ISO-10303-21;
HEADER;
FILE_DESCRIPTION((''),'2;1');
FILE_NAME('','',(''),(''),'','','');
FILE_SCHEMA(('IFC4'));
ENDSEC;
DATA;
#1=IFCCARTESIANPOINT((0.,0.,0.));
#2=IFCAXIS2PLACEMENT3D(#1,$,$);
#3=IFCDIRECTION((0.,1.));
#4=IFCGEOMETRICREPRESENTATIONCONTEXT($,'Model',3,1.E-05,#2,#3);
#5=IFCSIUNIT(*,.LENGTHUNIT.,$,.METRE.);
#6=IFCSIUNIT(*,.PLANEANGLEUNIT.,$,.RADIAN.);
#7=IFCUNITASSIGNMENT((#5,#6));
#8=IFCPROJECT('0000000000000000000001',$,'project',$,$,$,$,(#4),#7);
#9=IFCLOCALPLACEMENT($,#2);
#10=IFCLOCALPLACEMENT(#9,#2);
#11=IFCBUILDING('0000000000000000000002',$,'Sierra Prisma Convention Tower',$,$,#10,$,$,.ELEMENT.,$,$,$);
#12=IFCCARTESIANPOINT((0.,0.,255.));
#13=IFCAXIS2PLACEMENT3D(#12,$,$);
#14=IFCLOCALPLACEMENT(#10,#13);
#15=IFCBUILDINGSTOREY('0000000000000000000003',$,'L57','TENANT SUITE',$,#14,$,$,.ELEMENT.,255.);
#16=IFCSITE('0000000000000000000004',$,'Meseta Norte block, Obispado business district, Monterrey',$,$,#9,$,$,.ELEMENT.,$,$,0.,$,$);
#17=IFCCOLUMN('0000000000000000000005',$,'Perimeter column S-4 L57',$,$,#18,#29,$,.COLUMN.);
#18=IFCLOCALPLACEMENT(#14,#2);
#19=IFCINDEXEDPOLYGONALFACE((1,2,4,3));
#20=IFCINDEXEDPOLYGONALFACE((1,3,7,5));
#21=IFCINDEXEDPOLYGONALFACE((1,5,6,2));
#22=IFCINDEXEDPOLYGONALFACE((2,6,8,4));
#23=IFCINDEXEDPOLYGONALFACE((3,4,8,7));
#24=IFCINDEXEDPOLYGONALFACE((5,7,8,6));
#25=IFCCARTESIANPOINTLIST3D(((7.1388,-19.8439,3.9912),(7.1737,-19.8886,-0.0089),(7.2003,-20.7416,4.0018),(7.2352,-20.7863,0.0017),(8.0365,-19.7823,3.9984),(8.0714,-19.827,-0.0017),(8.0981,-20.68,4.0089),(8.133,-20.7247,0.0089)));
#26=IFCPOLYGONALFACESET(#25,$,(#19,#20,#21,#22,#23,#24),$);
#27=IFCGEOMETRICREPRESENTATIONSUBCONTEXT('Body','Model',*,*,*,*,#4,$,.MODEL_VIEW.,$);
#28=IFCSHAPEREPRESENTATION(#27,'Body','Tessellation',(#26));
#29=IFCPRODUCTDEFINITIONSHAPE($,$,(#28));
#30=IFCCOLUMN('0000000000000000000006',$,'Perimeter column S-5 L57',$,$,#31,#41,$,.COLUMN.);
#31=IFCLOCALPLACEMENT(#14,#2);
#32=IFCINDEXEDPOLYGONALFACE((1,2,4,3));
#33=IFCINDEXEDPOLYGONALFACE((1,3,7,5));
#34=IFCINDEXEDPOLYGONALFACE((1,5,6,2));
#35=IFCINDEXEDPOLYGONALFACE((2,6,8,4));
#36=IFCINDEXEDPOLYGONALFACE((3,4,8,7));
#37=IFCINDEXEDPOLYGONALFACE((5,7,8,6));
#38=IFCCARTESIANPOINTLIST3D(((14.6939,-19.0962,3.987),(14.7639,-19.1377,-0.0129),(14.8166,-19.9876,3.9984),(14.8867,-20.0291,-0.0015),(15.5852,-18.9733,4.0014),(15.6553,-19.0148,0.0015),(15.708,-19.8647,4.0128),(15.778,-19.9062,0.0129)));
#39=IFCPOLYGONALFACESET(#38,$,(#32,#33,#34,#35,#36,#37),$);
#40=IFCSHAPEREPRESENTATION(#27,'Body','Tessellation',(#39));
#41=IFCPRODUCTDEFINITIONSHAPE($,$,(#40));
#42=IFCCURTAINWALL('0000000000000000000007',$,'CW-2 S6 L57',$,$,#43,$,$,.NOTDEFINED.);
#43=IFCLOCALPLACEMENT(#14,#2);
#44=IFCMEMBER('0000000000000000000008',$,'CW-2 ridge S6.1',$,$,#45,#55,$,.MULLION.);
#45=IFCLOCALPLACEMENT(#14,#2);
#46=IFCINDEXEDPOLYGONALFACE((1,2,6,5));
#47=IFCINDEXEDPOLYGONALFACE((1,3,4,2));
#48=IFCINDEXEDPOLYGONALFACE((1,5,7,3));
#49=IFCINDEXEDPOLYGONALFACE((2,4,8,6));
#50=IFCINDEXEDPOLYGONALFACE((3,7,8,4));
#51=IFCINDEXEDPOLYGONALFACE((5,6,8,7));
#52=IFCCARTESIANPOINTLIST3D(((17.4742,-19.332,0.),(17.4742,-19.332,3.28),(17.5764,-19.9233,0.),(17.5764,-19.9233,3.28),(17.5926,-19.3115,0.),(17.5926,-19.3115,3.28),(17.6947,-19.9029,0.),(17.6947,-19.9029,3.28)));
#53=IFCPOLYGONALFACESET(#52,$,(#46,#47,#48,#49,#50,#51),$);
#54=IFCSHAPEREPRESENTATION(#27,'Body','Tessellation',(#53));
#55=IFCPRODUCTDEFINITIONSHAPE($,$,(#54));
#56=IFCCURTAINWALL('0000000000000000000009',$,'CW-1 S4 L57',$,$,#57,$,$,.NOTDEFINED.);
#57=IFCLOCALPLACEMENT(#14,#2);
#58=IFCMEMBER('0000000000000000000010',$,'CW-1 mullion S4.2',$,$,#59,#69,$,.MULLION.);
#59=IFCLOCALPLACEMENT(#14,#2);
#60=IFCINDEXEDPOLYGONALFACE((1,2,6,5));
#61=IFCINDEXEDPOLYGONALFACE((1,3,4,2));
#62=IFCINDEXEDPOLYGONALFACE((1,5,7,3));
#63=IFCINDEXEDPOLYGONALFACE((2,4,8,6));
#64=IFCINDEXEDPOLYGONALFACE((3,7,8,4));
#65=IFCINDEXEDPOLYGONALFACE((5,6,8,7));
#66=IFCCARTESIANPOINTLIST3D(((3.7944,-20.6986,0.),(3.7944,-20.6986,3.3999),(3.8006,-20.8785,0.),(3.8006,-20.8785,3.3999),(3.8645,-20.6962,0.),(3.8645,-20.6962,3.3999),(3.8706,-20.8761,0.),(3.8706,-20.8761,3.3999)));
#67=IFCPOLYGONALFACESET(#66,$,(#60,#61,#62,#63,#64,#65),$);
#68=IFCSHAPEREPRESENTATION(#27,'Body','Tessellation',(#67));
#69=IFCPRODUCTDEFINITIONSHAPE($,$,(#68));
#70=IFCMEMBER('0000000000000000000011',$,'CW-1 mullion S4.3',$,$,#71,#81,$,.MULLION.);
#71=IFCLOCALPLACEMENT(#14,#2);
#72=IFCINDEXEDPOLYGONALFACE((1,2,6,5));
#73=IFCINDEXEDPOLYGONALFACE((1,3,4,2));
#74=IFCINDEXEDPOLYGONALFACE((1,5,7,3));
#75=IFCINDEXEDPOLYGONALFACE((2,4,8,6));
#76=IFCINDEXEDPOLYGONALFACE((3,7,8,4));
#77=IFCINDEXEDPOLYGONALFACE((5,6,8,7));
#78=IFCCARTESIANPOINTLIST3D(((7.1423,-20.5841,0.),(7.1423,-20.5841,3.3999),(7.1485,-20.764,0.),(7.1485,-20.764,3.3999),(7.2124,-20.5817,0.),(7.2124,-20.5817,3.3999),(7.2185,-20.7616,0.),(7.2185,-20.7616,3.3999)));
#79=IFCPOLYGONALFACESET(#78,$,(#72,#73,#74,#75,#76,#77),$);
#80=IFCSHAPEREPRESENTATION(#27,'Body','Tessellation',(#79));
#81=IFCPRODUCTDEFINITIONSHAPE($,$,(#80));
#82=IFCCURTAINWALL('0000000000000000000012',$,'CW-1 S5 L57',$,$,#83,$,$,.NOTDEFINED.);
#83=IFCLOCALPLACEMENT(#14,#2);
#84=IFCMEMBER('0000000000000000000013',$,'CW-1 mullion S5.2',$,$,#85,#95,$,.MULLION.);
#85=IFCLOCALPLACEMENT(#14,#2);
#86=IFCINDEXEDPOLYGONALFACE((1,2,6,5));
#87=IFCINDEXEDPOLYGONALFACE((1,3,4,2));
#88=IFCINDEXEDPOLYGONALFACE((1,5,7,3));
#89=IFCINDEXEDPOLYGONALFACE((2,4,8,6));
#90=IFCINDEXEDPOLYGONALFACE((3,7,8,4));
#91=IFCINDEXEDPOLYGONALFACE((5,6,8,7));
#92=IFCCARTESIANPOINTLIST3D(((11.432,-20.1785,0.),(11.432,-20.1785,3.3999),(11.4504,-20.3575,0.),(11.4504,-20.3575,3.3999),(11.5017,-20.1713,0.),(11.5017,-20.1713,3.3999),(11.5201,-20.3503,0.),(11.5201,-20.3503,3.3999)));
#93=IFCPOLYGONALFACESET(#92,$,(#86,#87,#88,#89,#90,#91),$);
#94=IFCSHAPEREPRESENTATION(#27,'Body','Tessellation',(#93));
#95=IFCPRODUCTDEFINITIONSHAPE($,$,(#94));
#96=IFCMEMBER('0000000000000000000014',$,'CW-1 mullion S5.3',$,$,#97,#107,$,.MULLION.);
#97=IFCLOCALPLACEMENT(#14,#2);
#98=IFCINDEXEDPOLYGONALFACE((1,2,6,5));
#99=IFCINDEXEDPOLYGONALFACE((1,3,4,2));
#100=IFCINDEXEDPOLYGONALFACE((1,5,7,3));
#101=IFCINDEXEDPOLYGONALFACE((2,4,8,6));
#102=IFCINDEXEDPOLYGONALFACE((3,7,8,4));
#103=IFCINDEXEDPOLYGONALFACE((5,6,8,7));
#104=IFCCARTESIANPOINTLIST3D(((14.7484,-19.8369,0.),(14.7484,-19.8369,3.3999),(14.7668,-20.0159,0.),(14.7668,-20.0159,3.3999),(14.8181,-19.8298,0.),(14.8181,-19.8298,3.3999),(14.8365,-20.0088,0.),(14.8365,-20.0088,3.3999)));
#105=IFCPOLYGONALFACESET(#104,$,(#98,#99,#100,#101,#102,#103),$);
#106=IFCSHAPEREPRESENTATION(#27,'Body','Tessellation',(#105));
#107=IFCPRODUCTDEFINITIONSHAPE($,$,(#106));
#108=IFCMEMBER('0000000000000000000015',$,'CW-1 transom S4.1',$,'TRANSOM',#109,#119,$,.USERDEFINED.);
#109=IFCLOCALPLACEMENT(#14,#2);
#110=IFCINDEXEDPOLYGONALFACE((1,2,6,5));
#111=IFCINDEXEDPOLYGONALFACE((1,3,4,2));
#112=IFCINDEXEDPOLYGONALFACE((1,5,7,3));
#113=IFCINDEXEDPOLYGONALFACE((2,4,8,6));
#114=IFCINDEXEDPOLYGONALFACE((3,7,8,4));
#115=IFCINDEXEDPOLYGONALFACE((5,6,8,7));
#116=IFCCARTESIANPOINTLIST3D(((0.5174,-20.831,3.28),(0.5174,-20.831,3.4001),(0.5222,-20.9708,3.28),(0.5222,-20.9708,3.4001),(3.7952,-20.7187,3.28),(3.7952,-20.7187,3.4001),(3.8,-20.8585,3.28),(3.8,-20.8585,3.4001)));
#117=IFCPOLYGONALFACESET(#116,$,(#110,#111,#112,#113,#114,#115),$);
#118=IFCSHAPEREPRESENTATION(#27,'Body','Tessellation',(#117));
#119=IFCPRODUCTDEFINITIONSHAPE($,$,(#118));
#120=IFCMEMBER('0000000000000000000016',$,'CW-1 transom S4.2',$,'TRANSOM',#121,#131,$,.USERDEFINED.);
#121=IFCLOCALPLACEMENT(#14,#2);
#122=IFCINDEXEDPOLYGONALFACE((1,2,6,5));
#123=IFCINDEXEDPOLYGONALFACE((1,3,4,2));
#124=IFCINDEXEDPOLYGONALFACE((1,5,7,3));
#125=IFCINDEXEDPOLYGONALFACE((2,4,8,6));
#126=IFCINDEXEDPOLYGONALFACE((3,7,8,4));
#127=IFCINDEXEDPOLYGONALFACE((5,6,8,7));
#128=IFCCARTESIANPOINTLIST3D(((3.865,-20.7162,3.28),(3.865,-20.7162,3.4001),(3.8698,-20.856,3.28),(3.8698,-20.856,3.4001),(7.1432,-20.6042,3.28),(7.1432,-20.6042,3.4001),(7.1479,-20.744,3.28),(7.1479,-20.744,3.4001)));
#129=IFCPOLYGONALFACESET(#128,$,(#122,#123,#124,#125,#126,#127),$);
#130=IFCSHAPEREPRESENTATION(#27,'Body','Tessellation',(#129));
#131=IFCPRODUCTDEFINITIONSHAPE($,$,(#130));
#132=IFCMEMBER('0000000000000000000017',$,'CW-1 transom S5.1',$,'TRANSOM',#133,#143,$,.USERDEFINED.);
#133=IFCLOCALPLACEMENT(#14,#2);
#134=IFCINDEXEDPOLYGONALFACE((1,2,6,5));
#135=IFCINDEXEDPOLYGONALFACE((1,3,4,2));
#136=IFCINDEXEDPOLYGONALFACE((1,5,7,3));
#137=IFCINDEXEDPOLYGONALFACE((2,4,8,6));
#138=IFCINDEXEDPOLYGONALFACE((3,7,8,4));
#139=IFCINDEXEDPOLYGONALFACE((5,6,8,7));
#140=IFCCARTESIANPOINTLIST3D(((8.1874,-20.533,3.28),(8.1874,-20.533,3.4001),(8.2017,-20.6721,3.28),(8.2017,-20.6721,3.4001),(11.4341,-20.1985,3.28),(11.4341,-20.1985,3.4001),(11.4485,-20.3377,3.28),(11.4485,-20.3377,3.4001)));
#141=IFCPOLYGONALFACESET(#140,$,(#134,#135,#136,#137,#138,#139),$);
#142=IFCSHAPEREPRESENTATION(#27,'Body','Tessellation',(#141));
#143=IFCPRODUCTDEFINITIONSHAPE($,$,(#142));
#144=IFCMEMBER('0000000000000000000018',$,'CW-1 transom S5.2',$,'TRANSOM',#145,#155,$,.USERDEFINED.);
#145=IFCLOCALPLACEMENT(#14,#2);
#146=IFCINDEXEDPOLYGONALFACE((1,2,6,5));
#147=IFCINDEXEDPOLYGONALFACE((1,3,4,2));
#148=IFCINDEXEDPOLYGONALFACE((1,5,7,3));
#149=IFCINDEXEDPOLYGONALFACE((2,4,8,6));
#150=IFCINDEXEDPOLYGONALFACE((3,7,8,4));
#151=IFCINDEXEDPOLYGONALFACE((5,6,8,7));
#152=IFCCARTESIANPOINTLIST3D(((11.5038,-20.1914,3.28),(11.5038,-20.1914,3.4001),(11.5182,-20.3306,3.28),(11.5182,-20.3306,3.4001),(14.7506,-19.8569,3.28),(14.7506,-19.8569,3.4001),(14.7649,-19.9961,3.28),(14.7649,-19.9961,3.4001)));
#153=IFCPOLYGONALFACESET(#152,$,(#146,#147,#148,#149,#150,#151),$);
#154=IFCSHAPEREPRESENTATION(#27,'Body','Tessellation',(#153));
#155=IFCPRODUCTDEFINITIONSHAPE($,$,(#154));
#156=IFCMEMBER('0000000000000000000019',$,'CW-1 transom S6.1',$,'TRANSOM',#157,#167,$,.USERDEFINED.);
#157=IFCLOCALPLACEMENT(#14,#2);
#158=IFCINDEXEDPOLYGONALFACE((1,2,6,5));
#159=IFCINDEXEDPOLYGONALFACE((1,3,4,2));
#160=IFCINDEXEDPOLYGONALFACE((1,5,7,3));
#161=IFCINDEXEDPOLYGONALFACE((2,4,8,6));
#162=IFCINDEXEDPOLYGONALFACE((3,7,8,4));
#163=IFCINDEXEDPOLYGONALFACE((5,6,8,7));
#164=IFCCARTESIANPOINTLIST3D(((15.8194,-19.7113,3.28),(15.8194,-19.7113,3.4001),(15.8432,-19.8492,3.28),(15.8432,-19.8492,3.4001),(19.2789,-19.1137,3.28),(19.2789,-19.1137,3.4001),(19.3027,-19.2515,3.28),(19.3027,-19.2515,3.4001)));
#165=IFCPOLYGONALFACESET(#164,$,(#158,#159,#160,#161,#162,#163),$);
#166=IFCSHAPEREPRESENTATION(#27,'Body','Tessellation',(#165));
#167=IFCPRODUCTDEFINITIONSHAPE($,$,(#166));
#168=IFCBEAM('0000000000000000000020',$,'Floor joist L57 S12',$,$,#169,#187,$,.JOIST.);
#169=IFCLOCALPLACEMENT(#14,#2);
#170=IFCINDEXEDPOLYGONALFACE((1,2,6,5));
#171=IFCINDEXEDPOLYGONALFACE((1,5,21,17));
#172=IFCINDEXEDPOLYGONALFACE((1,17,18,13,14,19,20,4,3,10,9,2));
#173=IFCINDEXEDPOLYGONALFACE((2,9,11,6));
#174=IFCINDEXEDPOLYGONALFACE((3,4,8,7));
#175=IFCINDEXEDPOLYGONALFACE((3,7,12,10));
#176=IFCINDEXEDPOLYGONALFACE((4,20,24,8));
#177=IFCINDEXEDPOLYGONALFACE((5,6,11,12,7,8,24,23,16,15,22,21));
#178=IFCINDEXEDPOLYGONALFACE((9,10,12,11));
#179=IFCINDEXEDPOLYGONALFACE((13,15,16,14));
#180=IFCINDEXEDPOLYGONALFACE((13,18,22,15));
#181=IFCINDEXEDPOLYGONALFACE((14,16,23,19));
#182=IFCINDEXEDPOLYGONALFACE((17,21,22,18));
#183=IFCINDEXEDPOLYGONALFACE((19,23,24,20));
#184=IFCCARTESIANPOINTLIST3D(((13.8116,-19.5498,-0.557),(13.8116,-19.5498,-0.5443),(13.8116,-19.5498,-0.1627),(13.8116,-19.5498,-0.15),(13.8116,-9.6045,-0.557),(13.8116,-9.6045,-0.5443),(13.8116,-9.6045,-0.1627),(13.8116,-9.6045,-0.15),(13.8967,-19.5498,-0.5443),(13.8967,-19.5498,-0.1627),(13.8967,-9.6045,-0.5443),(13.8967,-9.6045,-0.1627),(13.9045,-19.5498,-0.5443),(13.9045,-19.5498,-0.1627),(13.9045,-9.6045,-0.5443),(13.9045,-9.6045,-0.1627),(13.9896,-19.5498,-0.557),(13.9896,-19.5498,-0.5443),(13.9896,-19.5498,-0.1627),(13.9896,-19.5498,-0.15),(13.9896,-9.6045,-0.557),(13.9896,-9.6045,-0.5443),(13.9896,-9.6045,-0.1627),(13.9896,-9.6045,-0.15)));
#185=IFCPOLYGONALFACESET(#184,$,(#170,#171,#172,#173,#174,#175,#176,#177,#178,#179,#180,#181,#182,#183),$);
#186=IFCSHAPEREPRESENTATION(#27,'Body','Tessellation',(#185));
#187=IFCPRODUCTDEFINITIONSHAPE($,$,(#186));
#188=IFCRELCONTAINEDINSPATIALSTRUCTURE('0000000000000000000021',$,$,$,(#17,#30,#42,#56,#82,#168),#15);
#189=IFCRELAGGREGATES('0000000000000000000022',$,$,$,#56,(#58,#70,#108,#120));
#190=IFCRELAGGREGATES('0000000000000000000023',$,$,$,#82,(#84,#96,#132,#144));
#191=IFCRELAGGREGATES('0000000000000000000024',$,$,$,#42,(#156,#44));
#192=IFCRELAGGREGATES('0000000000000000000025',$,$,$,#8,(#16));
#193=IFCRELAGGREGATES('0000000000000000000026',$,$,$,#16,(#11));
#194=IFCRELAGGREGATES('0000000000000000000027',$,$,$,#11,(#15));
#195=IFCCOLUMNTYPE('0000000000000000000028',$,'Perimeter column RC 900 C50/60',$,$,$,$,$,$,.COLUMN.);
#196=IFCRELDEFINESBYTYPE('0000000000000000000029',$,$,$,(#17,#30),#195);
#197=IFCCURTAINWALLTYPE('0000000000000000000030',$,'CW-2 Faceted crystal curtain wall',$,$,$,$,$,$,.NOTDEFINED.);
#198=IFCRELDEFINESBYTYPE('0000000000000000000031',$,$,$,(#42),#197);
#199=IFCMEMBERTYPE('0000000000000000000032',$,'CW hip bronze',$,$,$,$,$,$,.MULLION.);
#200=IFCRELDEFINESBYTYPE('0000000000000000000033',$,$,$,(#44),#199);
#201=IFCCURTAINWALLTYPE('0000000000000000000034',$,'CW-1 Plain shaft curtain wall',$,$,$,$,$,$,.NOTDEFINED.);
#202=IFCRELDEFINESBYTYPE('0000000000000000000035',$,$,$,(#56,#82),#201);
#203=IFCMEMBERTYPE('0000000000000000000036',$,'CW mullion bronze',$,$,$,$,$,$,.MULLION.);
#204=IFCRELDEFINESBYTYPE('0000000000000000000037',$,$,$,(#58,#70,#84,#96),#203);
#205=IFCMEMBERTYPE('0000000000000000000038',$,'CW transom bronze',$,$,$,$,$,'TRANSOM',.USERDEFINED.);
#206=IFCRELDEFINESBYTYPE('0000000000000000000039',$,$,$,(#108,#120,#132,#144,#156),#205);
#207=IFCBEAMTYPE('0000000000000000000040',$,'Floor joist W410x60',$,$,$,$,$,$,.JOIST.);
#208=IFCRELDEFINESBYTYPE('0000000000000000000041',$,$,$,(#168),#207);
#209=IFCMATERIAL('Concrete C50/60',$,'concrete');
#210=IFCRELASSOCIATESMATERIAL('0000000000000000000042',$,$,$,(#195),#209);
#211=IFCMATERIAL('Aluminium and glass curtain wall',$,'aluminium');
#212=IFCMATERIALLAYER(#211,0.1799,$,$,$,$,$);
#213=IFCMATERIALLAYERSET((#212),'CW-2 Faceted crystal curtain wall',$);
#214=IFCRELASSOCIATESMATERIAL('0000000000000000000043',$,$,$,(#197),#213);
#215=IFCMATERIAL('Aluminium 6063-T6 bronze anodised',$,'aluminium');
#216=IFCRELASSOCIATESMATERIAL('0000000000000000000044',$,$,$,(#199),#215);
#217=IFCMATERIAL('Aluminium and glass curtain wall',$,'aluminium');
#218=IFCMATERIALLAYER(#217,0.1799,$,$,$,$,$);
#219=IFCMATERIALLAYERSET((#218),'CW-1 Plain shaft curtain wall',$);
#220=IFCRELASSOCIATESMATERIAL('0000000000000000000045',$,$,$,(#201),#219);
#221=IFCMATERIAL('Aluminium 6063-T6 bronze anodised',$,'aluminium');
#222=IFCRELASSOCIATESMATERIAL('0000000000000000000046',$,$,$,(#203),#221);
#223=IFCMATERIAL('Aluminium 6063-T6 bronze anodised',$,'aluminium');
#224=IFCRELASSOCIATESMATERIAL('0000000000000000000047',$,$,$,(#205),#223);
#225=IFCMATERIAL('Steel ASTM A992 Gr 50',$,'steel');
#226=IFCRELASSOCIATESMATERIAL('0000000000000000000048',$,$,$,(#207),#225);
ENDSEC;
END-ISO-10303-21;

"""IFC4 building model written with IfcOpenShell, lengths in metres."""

from ifc_helpers import new_model, si_unit, direction, frame, origin, origin_2d, place, context, subcontext, project, spatial, rectangle, i_section, extrude, material, layer, layer_set, material_profile, profile_set, type_object, element, aggregate, save


model = new_model("IFC4")

# Units and contexts
model_context = context("Model", 3, precision=1e-05, world=origin(), true_north=direction((0.0, 1.0)))
body_context = subcontext(model_context, "Body", "Model", "MODEL_VIEW")
ifc_project = project(units=[si_unit("LENGTHUNIT", "METRE"), si_unit("PLANEANGLEUNIT", "RADIAN")], contexts=[model_context])

# Site, building, storey
site_placement = place(None, origin())
site = spatial("IfcSite", under=ifc_project, at=site_placement, Name="Meseta Norte block, Obispado business district, Monterrey", CompositionType="ELEMENT", RefElevation=0.0)
building_placement = place(site_placement, origin())
building = spatial("IfcBuilding", under=site, at=building_placement, Name="Sierra Prisma Convention Tower", CompositionType="ELEMENT")
storey_placement = place(building_placement, frame((0.0, 0.0, 255.0)))
storey = spatial("IfcBuildingStorey", under=building, at=storey_placement, Name="L57", Description="TENANT SUITE", CompositionType="ELEMENT", Elevation=255.0)

# Columns
ifc_material_1 = material(Name="Concrete C50/60", Category="concrete")
ifc_material_profile_1 = material_profile(ifc_material_1, rectangle(XDim=0.8999, YDim=0.8999, at=origin_2d()), Name="Perimeter column RC 900 C50/60")
ifc_profile_set_1 = profile_set([ifc_material_profile_1], Name="Concrete C50/60")
column_type = type_object("IfcColumnType", Name="Perimeter column RC 900 C50/60", PredefinedType="COLUMN", material=ifc_profile_set_1)
column_1_placement = place(storey_placement, frame((7.6533, -20.3066, 0.0), z_axis=(-0.008727, 0.011168, 0.9999), x_axis=(0.997622, 0.068467, 0.007943)))
element("IfcColumn", 1, at=column_1_placement, inside=storey, type_object=column_type, Name="Perimeter column S-4 L57", PredefinedType="COLUMN", context=body_context, shape_type="SweptSolid", body=[
    extrude(rectangle(XDim=0.8999, YDim=0.8999, at=origin_2d()), origin(), (0.0, 0.0, 1.0), 4.0005),
])
column_2_placement = place(storey_placement, frame((15.271, -19.522, 0.0), z_axis=(-0.017513, 0.010374, 0.999793), x_axis=(0.990498, 0.136601, 0.015933)))
element("IfcColumn", 2, at=column_2_placement, inside=storey, type_object=column_type, Name="Perimeter column S-5 L57", PredefinedType="COLUMN", context=body_context, shape_type="SweptSolid", body=[
    extrude(rectangle(XDim=0.8999, YDim=0.8999, at=origin_2d()), origin(), (0.0, 0.0, 1.0), 4.0007),
])

# Curtain wall, member
ifc_material_2 = material(Name="Aluminium and glass curtain wall", Category="aluminium")
ifc_layer_1 = layer(ifc_material_2, 0.1799)
ifc_layer_set_1 = layer_set([ifc_layer_1], Name="CW-2 Faceted crystal curtain wall")
curtain_wall_type_1 = type_object("IfcCurtainWallType", Name="CW-2 Faceted crystal curtain wall", PredefinedType="NOTDEFINED", material=ifc_layer_set_1)
curtain_wall_1_placement = place(storey_placement, origin())
curtain_wall_1 = element("IfcCurtainWall", 3, at=curtain_wall_1_placement, inside=storey, type_object=curtain_wall_type_1, Name="CW-2 S6 L57", PredefinedType="NOTDEFINED")
ifc_material_3 = material(Name="Aluminium 6063-T6 bronze anodised", Category="aluminium")
ifc_material_profile_2 = material_profile(ifc_material_3, rectangle(XDim=0.1201, YDim=0.6001, at=origin_2d()), Name="ALU RIDGE BLADE 120x600")
ifc_profile_set_2 = profile_set([ifc_material_profile_2], Name="Aluminium 6063-T6 bronze anodised")
member_type_1 = type_object("IfcMemberType", Name="CW hip bronze", PredefinedType="MULLION", material=ifc_profile_set_2)
member_1_placement = place(storey_placement, frame((17.5845, -19.6174, 0.0), z_axis=(0.0, 0.0, 1.0), x_axis=(0.985403, 0.170235, 0.0)))
member_1 = element("IfcMember", 4, at=member_1_placement, type_object=member_type_1, Name="CW-2 ridge S6.1", PredefinedType="MULLION", context=body_context, shape_type="SweptSolid", body=[
    extrude(rectangle(XDim=0.1201, YDim=0.6001, at=origin_2d()), origin(), (0.0, 0.0, 1.0), 3.28),
])

# Curtain walls, members
ifc_material_4 = material(Name="Aluminium and glass curtain wall", Category="aluminium")
ifc_layer_2 = layer(ifc_material_4, 0.1799)
ifc_layer_set_2 = layer_set([ifc_layer_2], Name="CW-1 Plain shaft curtain wall")
curtain_wall_type_2 = type_object("IfcCurtainWallType", Name="CW-1 Plain shaft curtain wall", PredefinedType="NOTDEFINED", material=ifc_layer_set_2)
curtain_wall_2_placement = place(storey_placement, origin())
curtain_wall_2 = element("IfcCurtainWall", 5, at=curtain_wall_2_placement, inside=storey, type_object=curtain_wall_type_2, Name="CW-1 S4 L57", PredefinedType="NOTDEFINED")
ifc_material_5 = material(Name="Aluminium 6063-T6 bronze anodised", Category="aluminium")
ifc_material_profile_3 = material_profile(ifc_material_5, rectangle(XDim=0.1799, YDim=0.0701, at=origin_2d()), Name="ALU MULLION 70x180")
ifc_profile_set_3 = profile_set([ifc_material_profile_3], Name="Aluminium 6063-T6 bronze anodised")
member_type_2 = type_object("IfcMemberType", Name="CW mullion bronze", PredefinedType="MULLION", material=ifc_profile_set_3)
member_2_placement = place(storey_placement, frame((3.8325, -20.7874, 0.0), z_axis=(0.0, 0.0, 1.0), x_axis=(-0.034207, 0.999415, 0.0)))
member_2 = element("IfcMember", 6, at=member_2_placement, type_object=member_type_2, Name="CW-1 mullion S4.2", PredefinedType="MULLION", context=body_context, shape_type="SweptSolid", body=[
    extrude(rectangle(XDim=0.1799, YDim=0.0701, at=origin_2d()), origin(), (0.0, 0.0, 1.0), 3.3999),
])
member_3_placement = place(storey_placement, frame((7.1804, -20.6729, 0.0), z_axis=(0.0, 0.0, 1.0), x_axis=(-0.034207, 0.999415, 0.0)))
member_3 = element("IfcMember", 7, at=member_3_placement, type_object=member_type_2, Name="CW-1 mullion S4.3", PredefinedType="MULLION", context=body_context, shape_type="SweptSolid", body=[
    extrude(rectangle(XDim=0.1799, YDim=0.0701, at=origin_2d()), origin(), (0.0, 0.0, 1.0), 3.3999),
])
curtain_wall_3_placement = place(storey_placement, origin())
curtain_wall_3 = element("IfcCurtainWall", 8, at=curtain_wall_3_placement, inside=storey, type_object=curtain_wall_type_2, Name="CW-1 S5 L57", PredefinedType="NOTDEFINED")
member_4_placement = place(storey_placement, frame((11.4761, -20.2644, 0.0), z_axis=(0.0, 0.0, 1.0), x_axis=(-0.102461, 0.994737, 0.0)))
member_4 = element("IfcMember", 9, at=member_4_placement, type_object=member_type_2, Name="CW-1 mullion S5.2", PredefinedType="MULLION", context=body_context, shape_type="SweptSolid", body=[
    extrude(rectangle(XDim=0.1799, YDim=0.0701, at=origin_2d()), origin(), (0.0, 0.0, 1.0), 3.3999),
])
member_5_placement = place(storey_placement, frame((14.7925, -19.9229, 0.0), z_axis=(0.0, 0.0, 1.0), x_axis=(-0.102461, 0.994737, 0.0)))
member_5 = element("IfcMember", 10, at=member_5_placement, type_object=member_type_2, Name="CW-1 mullion S5.3", PredefinedType="MULLION", context=body_context, shape_type="SweptSolid", body=[
    extrude(rectangle(XDim=0.1799, YDim=0.0701, at=origin_2d()), origin(), (0.0, 0.0, 1.0), 3.3999),
])

# Members
ifc_material_6 = material(Name="Aluminium 6063-T6 bronze anodised", Category="aluminium")
ifc_material_profile_4 = material_profile(ifc_material_6, rectangle(XDim=0.1399, YDim=0.1201, at=origin_2d()), Name="ALU TRANSOM 120x140")
ifc_profile_set_4 = profile_set([ifc_material_profile_4], Name="Aluminium 6063-T6 bronze anodised")
member_type_3 = type_object("IfcMemberType", Name="CW transom bronze", ElementType="TRANSOM", PredefinedType="USERDEFINED", material=ifc_profile_set_4)
member_6_placement = place(storey_placement, frame((0.5198, -20.9009, 3.3401), z_axis=(0.999414, 0.034242, 0.0), x_axis=(-0.034242, 0.999414, 0.0)))
member_6 = element("IfcMember", 11, at=member_6_placement, type_object=member_type_3, Name="CW-1 transom S4.1", ObjectType="TRANSOM", PredefinedType="USERDEFINED", context=body_context, shape_type="SweptSolid", body=[
    extrude(rectangle(XDim=0.1399, YDim=0.1201, at=origin_2d()), origin(), (0.0, 0.0, 1.0), 3.2798),
])
member_7_placement = place(storey_placement, frame((3.8674, -20.7861, 3.3401), z_axis=(0.999416, 0.034165, 0.0), x_axis=(-0.034165, 0.999416, 0.0)))
member_7 = element("IfcMember", 12, at=member_7_placement, type_object=member_type_3, Name="CW-1 transom S4.2", ObjectType="TRANSOM", PredefinedType="USERDEFINED", context=body_context, shape_type="SweptSolid", body=[
    extrude(rectangle(XDim=0.1399, YDim=0.1201, at=origin_2d()), origin(), (0.0, 0.0, 1.0), 3.28),
])
member_8_placement = place(storey_placement, frame((8.1946, -20.6025, 3.3401), z_axis=(0.994736, 0.102473, 0.0), x_axis=(-0.102473, 0.994736, 0.0)))
member_8 = element("IfcMember", 13, at=member_8_placement, type_object=member_type_3, Name="CW-1 transom S5.1", ObjectType="TRANSOM", PredefinedType="USERDEFINED", context=body_context, shape_type="SweptSolid", body=[
    extrude(rectangle(XDim=0.1399, YDim=0.1201, at=origin_2d()), origin(), (0.0, 0.0, 1.0), 3.2639),
])
member_9_placement = place(storey_placement, frame((11.511, -20.261, 3.3401), z_axis=(0.994736, 0.102473, 0.0), x_axis=(-0.102473, 0.994736, 0.0)))
member_9 = element("IfcMember", 14, at=member_9_placement, type_object=member_type_3, Name="CW-1 transom S5.2", ObjectType="TRANSOM", PredefinedType="USERDEFINED", context=body_context, shape_type="SweptSolid", body=[
    extrude(rectangle(XDim=0.1399, YDim=0.1201, at=origin_2d()), origin(), (0.0, 0.0, 1.0), 3.2639),
])
member_10_placement = place(storey_placement, frame((15.8313, -19.7803, 3.3401), z_axis=(0.985403, 0.170238, 0.0), x_axis=(-0.170238, 0.985403, 0.0)))
member_10 = element("IfcMember", 15, at=member_10_placement, type_object=member_type_3, Name="CW-1 transom S6.1", ObjectType="TRANSOM", PredefinedType="USERDEFINED", context=body_context, shape_type="SweptSolid", body=[
    extrude(rectangle(XDim=0.1399, YDim=0.1201, at=origin_2d()), origin(), (0.0, 0.0, 1.0), 3.5107),
])

# Beam
ifc_material_7 = material(Name="Steel ASTM A992 Gr 50", Category="steel")
ifc_material_profile_5 = material_profile(ifc_material_7, i_section(OverallWidth=0.178, OverallDepth=0.407, WebThickness=0.0078, FlangeThickness=0.0127, at=origin_2d()), Name="W410x60")
ifc_profile_set_5 = profile_set([ifc_material_profile_5], Name="Steel ASTM A992 Gr 50")
beam_type_1 = type_object("IfcBeamType", Name="Floor joist W410x60", PredefinedType="JOIST", material=ifc_profile_set_5)
beam_1_placement = place(storey_placement, frame((13.9006, -19.5498, -0.3535), z_axis=(0.0, 1.0, 0.0), x_axis=(-1.0, 0.0, 0.0)))
element("IfcBeam", 16, at=beam_1_placement, inside=storey, type_object=beam_type_1, Name="Floor joist L57 S12", PredefinedType="JOIST", context=body_context, shape_type="SweptSolid", body=[
    extrude(i_section(OverallWidth=0.178, OverallDepth=0.407, WebThickness=0.0078, FlangeThickness=0.0127, at=origin_2d()), origin(), (0.0, 0.0, 1.0), 9.9453),
])

aggregate(curtain_wall_2, [member_2, member_3, member_6, member_7])
aggregate(curtain_wall_3, [member_4, member_5, member_8, member_9])
aggregate(curtain_wall_1, [member_10, member_1])

save(model, "model.ifc")
